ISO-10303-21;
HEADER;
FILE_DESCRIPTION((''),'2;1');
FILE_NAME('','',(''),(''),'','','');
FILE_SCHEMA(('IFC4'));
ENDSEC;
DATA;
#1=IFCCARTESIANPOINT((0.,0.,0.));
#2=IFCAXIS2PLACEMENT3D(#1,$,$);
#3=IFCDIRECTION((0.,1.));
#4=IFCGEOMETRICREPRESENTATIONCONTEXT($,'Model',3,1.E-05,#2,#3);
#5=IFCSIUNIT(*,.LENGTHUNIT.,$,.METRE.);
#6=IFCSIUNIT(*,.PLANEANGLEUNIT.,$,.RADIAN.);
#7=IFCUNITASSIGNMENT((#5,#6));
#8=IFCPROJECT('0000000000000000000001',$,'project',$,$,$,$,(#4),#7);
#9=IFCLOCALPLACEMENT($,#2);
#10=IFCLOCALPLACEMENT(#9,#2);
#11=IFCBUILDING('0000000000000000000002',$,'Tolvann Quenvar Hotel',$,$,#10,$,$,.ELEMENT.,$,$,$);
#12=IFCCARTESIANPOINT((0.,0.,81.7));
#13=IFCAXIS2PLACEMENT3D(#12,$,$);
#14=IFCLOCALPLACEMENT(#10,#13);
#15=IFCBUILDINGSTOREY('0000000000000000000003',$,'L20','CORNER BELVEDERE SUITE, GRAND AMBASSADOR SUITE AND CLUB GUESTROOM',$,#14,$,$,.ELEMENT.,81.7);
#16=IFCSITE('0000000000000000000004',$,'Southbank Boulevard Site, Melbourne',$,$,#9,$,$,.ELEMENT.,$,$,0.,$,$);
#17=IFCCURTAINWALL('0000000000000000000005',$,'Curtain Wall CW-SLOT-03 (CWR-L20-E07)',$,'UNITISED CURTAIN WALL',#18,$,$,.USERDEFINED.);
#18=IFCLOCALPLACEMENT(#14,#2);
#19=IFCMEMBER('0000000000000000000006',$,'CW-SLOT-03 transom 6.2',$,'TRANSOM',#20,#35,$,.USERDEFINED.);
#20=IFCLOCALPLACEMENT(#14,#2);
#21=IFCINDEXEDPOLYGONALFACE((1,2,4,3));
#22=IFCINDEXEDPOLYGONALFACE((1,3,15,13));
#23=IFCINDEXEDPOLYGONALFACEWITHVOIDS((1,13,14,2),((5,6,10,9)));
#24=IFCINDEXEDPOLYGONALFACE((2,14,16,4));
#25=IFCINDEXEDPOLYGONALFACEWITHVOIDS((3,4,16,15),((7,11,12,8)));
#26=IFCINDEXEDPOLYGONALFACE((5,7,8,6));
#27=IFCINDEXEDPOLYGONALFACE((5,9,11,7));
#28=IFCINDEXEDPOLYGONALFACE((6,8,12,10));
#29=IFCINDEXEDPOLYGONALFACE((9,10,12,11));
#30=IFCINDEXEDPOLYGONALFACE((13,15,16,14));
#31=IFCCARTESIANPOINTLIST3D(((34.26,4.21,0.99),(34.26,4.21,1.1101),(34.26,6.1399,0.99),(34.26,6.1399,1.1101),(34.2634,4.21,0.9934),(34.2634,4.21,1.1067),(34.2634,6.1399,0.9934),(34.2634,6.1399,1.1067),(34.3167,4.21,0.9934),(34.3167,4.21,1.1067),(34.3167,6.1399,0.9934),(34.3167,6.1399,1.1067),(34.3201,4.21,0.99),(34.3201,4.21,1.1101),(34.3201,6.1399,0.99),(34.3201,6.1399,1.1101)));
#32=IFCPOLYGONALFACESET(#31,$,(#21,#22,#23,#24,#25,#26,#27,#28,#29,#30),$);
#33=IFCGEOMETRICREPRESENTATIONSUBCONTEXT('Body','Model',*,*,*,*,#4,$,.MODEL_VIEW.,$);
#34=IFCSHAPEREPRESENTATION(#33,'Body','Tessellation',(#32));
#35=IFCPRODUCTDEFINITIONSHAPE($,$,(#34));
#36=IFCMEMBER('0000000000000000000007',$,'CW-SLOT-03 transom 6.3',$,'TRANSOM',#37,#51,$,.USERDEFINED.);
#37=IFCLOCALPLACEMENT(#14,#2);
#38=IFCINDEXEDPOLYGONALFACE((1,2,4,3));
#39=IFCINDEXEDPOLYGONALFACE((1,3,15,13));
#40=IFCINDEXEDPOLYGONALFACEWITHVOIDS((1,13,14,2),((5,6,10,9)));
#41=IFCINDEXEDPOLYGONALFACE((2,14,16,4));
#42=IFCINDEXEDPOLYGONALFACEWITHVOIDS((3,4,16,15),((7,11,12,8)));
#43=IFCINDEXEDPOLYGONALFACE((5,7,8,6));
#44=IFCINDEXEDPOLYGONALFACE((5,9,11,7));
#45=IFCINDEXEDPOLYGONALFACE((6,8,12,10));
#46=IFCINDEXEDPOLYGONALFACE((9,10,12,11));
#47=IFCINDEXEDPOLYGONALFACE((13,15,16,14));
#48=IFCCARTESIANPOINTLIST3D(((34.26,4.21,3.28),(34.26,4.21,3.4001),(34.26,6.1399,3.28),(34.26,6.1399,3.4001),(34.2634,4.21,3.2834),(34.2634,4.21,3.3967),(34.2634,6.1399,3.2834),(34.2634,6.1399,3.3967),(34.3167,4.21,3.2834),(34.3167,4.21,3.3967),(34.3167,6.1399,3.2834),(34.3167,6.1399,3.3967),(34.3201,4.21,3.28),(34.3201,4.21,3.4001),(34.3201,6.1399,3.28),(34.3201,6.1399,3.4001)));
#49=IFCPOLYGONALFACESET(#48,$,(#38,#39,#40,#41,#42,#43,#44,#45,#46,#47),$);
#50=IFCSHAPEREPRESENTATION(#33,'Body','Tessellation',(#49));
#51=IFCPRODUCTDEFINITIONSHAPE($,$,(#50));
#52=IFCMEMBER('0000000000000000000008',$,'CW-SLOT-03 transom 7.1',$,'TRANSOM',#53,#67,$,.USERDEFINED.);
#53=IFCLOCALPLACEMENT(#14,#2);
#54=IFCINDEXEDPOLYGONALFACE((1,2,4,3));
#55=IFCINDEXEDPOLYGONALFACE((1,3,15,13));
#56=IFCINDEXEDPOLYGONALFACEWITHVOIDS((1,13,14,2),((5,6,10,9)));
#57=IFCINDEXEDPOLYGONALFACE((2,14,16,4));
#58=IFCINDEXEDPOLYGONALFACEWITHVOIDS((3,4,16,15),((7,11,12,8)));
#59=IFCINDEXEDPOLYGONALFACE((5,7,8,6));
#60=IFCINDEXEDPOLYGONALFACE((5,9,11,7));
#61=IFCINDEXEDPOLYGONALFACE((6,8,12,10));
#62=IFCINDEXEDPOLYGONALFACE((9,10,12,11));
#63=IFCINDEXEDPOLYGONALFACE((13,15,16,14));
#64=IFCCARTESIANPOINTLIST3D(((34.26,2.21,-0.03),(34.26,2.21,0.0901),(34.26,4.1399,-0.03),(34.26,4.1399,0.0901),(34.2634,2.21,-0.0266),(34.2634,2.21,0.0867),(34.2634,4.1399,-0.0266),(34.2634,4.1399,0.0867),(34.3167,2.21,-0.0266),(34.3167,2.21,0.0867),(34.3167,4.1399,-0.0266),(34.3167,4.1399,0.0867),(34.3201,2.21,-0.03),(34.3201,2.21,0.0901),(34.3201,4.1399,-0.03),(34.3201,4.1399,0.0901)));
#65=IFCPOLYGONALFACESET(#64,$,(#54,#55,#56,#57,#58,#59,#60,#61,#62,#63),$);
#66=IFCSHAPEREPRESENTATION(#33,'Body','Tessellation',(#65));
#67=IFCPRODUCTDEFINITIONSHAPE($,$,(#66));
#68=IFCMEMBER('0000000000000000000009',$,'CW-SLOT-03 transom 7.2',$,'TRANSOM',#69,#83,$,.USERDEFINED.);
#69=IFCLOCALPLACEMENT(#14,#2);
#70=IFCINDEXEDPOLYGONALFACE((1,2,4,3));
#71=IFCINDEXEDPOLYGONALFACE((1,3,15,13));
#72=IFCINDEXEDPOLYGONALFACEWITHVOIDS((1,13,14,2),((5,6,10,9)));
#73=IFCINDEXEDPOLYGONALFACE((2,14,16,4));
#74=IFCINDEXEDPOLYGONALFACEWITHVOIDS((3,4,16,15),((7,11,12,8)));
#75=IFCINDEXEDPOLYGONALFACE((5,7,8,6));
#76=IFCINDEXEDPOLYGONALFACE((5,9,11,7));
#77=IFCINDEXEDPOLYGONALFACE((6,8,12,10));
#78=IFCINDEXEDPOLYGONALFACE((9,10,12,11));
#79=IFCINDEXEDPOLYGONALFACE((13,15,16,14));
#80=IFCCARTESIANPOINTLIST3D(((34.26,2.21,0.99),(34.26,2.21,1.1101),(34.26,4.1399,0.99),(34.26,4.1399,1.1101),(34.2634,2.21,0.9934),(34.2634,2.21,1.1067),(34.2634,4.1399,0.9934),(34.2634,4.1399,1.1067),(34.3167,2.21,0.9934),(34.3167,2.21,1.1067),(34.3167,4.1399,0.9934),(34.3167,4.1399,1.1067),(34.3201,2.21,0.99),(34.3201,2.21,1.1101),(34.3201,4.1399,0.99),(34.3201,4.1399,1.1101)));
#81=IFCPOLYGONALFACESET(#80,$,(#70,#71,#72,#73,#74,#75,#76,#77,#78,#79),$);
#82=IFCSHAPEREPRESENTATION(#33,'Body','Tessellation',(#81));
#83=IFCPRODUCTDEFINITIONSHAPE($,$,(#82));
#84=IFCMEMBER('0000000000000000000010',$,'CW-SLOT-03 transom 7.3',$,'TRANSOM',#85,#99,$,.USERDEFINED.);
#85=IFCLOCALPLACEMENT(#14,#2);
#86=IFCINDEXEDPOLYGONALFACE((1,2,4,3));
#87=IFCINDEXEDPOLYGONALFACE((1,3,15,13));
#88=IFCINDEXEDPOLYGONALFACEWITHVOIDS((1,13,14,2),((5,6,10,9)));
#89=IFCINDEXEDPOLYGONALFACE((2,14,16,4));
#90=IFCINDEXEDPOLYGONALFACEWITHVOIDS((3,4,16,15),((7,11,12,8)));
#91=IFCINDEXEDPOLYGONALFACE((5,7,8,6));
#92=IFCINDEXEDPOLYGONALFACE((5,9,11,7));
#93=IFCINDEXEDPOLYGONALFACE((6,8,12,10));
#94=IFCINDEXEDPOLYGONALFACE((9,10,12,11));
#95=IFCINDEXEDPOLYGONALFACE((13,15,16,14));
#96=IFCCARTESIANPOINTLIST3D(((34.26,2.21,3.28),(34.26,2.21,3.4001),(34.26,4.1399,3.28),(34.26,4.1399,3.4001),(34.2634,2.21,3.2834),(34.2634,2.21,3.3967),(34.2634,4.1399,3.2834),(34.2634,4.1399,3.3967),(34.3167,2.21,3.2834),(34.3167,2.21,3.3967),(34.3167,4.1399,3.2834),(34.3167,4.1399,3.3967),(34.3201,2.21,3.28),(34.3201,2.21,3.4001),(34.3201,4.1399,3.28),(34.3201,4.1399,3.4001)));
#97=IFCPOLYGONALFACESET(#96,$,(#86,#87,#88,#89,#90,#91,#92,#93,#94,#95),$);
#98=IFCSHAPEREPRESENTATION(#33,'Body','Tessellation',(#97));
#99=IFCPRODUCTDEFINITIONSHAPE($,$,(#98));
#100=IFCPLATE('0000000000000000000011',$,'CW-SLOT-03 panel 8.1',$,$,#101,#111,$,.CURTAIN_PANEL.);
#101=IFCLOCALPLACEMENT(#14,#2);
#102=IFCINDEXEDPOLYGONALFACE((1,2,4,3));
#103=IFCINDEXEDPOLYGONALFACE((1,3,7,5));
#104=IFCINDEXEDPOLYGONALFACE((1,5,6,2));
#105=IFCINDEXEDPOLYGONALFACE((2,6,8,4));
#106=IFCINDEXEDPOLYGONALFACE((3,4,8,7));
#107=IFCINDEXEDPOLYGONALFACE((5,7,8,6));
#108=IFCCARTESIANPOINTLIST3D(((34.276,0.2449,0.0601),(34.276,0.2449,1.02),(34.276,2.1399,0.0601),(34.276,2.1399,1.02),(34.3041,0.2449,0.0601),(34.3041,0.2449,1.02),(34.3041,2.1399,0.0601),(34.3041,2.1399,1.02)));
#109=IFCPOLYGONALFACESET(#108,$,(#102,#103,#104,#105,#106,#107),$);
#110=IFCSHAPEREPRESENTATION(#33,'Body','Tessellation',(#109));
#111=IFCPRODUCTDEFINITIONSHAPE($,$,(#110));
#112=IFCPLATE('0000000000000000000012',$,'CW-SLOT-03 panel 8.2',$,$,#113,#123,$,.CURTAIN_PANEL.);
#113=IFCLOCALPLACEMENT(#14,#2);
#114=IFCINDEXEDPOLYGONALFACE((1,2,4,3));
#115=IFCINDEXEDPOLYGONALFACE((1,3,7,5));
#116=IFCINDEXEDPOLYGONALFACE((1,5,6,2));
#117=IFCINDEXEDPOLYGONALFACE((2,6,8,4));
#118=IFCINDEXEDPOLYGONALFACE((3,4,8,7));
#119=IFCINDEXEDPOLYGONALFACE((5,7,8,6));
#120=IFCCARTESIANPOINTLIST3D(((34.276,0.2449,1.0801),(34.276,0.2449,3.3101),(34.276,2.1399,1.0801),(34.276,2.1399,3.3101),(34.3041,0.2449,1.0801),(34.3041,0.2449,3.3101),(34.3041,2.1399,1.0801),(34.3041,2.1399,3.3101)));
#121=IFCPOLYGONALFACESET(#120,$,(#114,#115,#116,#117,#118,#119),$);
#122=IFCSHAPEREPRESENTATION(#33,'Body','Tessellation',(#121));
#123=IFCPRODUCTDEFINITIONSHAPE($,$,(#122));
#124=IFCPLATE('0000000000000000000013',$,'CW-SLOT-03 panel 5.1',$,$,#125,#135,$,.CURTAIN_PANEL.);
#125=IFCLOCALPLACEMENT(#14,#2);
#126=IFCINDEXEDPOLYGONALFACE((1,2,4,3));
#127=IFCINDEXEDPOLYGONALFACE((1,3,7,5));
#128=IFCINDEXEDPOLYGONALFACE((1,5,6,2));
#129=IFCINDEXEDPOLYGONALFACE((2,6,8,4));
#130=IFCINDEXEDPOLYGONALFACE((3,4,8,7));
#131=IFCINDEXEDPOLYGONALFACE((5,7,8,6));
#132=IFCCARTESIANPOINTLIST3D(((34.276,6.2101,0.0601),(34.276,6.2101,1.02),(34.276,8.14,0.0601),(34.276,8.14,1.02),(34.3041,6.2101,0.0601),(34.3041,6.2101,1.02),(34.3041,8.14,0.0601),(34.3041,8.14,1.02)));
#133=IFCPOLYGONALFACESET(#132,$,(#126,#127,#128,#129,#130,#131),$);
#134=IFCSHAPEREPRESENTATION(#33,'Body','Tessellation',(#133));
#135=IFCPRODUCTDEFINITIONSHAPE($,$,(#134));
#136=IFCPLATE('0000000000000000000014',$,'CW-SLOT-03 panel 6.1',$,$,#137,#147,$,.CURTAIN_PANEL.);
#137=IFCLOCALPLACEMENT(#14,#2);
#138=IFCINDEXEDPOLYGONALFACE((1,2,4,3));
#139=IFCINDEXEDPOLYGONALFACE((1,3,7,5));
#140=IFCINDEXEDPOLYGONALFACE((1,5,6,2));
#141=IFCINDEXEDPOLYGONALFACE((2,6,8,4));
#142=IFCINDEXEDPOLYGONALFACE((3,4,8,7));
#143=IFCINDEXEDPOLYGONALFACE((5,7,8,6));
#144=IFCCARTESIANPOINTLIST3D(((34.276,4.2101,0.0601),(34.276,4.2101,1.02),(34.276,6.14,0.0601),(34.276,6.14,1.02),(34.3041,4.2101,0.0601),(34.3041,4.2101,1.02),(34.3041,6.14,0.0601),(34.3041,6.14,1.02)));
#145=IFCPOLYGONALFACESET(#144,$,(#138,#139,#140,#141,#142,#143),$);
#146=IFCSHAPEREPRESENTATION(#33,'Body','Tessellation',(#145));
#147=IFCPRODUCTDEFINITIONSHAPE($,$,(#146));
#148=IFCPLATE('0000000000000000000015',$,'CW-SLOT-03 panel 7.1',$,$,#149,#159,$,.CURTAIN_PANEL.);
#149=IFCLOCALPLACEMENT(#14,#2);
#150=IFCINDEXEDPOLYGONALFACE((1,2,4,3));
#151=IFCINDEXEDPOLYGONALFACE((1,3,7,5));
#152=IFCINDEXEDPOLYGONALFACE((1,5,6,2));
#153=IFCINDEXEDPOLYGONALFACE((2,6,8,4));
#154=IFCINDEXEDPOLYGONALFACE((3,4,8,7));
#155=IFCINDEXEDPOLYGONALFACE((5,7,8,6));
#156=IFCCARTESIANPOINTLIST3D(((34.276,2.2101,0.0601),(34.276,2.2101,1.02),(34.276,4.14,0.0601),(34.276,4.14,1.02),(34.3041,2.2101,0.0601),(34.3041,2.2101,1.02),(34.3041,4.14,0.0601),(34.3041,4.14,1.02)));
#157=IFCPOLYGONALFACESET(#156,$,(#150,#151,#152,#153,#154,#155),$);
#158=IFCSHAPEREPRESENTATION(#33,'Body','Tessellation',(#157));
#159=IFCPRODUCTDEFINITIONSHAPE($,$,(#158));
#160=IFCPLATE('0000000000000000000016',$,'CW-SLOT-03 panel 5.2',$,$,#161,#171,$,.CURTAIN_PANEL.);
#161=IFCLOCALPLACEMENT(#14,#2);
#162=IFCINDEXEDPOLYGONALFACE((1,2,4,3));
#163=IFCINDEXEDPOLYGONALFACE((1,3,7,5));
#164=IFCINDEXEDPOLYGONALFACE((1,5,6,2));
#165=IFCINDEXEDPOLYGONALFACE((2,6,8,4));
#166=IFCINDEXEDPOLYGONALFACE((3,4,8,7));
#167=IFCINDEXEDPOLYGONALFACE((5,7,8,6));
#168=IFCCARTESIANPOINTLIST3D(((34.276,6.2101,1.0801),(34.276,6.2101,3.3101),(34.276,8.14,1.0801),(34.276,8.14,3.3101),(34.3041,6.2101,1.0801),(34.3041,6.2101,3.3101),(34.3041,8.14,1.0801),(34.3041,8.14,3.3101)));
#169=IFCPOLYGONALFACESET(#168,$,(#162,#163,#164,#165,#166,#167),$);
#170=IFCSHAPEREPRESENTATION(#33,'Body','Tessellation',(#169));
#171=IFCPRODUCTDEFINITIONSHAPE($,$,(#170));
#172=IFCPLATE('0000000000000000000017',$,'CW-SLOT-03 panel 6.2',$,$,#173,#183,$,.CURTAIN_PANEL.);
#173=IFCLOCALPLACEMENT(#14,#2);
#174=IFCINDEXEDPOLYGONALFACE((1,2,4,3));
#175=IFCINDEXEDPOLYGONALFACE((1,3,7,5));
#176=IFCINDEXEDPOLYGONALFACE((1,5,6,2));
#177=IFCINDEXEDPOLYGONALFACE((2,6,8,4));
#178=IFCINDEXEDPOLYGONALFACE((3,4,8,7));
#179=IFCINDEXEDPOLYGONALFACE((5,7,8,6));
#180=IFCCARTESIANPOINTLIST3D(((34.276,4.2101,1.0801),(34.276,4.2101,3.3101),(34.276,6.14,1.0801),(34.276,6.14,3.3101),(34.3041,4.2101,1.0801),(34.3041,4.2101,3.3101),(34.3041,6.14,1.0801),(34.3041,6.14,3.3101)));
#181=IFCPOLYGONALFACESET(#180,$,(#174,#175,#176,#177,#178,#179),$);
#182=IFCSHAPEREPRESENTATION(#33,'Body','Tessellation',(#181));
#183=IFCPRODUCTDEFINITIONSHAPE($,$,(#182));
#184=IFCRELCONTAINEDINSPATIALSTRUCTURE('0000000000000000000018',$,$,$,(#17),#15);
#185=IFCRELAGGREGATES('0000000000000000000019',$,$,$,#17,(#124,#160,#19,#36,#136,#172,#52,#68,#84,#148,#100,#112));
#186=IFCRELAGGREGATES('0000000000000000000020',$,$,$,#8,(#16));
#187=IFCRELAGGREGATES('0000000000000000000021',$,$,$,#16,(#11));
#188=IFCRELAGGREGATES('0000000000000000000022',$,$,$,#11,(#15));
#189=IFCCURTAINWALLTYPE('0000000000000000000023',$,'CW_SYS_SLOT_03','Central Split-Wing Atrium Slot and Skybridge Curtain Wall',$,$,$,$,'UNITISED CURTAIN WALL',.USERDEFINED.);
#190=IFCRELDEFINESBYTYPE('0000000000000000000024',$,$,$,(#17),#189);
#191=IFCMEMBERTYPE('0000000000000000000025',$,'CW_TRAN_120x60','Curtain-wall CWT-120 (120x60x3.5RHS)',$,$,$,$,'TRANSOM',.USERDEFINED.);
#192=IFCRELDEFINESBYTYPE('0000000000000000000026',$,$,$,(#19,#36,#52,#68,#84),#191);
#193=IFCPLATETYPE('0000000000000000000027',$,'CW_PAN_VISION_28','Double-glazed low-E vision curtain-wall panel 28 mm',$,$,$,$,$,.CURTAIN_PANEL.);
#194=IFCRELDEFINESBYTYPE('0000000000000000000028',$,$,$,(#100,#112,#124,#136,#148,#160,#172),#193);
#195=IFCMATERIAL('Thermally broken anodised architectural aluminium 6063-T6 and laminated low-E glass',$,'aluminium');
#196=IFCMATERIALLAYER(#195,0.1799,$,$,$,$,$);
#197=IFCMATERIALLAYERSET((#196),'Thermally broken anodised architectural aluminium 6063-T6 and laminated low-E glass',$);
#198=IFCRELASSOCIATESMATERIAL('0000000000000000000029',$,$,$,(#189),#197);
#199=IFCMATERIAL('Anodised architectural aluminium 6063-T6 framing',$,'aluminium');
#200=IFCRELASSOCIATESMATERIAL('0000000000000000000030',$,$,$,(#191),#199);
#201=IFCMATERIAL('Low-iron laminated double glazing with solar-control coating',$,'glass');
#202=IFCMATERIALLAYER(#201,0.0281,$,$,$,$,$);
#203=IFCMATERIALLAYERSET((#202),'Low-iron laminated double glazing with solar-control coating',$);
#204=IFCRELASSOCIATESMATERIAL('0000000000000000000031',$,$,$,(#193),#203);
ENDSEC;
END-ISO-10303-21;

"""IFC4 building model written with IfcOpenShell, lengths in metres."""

from ifc_helpers import new_model, si_unit, direction, frame, origin, origin_2d, place, context, subcontext, project, spatial, rectangle, hollow_rectangle, extrude, source, transform, mapped, material, layer, layer_set, material_profile, profile_set, type_object, type_shapes, element, aggregate, save


model = new_model("IFC4")

# Units and contexts
model_context = context("Model", 3, precision=1e-05, world=origin(), true_north=direction((0.0, 1.0)))
body_context = subcontext(model_context, "Body", "Model", "MODEL_VIEW")
ifc_project = project(units=[si_unit("LENGTHUNIT", "METRE"), si_unit("PLANEANGLEUNIT", "RADIAN")], contexts=[model_context])

# Site, building, storey
site_placement = place(None, origin())
site = spatial("IfcSite", under=ifc_project, at=site_placement, Name="Southbank Boulevard Site, Melbourne", CompositionType="ELEMENT", RefElevation=0.0)
building_placement = place(site_placement, origin())
building = spatial("IfcBuilding", under=site, at=building_placement, Name="Tolvann Quenvar Hotel", CompositionType="ELEMENT")
storey_placement = place(building_placement, frame((0.0, 0.0, 81.7)))
storey = spatial("IfcBuildingStorey", under=building, at=storey_placement, Name="L20", Description="CORNER BELVEDERE SUITE, GRAND AMBASSADOR SUITE AND CLUB GUESTROOM", CompositionType="ELEMENT", Elevation=81.7)

# Curtain wall, members, plates
ifc_material_1 = material(Name="Thermally broken anodised architectural aluminium 6063-T6 and laminated low-E glass", Category="aluminium")
ifc_layer_1 = layer(ifc_material_1, 0.1799)
ifc_layer_set_1 = layer_set([ifc_layer_1], Name="Thermally broken anodised architectural aluminium 6063-T6 and laminated low-E glass")
curtain_wall_type = type_object("IfcCurtainWallType", Name="CW_SYS_SLOT_03", Description="Central Split-Wing Atrium Slot and Skybridge Curtain Wall", ElementType="UNITISED CURTAIN WALL", PredefinedType="USERDEFINED", material=ifc_layer_set_1)
curtain_wall_placement = place(storey_placement, origin())
curtain_wall = element("IfcCurtainWall", 1, at=curtain_wall_placement, inside=storey, type_object=curtain_wall_type, Name="Curtain Wall CW-SLOT-03 (CWR-L20-E07)", ObjectType="UNITISED CURTAIN WALL", PredefinedType="USERDEFINED")
ifc_material_2 = material(Name="Anodised architectural aluminium 6063-T6 framing", Category="aluminium")
ifc_material_profile_1 = material_profile(ifc_material_2, hollow_rectangle(XDim=0.0601, YDim=0.1201, WallThickness=0.0034, at=origin_2d()), Name="120x60x3.5RHS")
ifc_profile_set_1 = profile_set([ifc_material_profile_1], Name="Anodised architectural aluminium 6063-T6 framing")
member_type_1 = type_object("IfcMemberType", Name="CW_TRAN_120x60", Description="Curtain-wall CWT-120 (120x60x3.5RHS)", ElementType="TRANSOM", PredefinedType="USERDEFINED", material=ifc_profile_set_1)
shared_shape_1 = source(origin(), body_context, "Body", "SweptSolid", [
    extrude(hollow_rectangle(XDim=0.0601, YDim=0.1201, WallThickness=0.0034, at=origin_2d()), origin(), (0.0, 0.0, 1.0), 1.9299),
])
member_1_placement = place(storey_placement, frame((34.29, 6.1399, 1.05), z_axis=(0.0, -1.0, 0.0), x_axis=(1.0, 0.0, 0.0)))
member_1 = element("IfcMember", 2, at=member_1_placement, type_object=member_type_1, Name="CW-SLOT-03 transom 6.2", ObjectType="TRANSOM", PredefinedType="USERDEFINED", context=body_context, shape_type="MappedRepresentation", body=[
    mapped(shared_shape_1, transform((0.0, 0.0, 0.0), x_axis=(1.0, 0.0, 0.0), y_axis=(0.0, 1.0, 0.0), z_axis=(0.0, 0.0, 1.0), scale=1.0)),
])
member_2_placement = place(storey_placement, frame((34.29, 6.1399, 3.3401), z_axis=(0.0, -1.0, 0.0), x_axis=(1.0, 0.0, 0.0)))
member_2 = element("IfcMember", 3, at=member_2_placement, type_object=member_type_1, Name="CW-SLOT-03 transom 6.3", ObjectType="TRANSOM", PredefinedType="USERDEFINED", context=body_context, shape_type="MappedRepresentation", body=[
    mapped(shared_shape_1, transform((0.0, 0.0, 0.0), x_axis=(1.0, 0.0, 0.0), y_axis=(0.0, 1.0, 0.0), z_axis=(0.0, 0.0, 1.0), scale=1.0)),
])
member_3_placement = place(storey_placement, frame((34.29, 4.1399, 0.03), z_axis=(0.0, -1.0, 0.0), x_axis=(1.0, 0.0, 0.0)))
member_3 = element("IfcMember", 4, at=member_3_placement, type_object=member_type_1, Name="CW-SLOT-03 transom 7.1", ObjectType="TRANSOM", PredefinedType="USERDEFINED", context=body_context, shape_type="MappedRepresentation", body=[
    mapped(shared_shape_1, transform((0.0, 0.0, 0.0), x_axis=(1.0, 0.0, 0.0), y_axis=(0.0, 1.0, 0.0), z_axis=(0.0, 0.0, 1.0), scale=1.0)),
])
member_4_placement = place(storey_placement, frame((34.29, 4.1399, 1.05), z_axis=(0.0, -1.0, 0.0), x_axis=(1.0, 0.0, 0.0)))
member_4 = element("IfcMember", 5, at=member_4_placement, type_object=member_type_1, Name="CW-SLOT-03 transom 7.2", ObjectType="TRANSOM", PredefinedType="USERDEFINED", context=body_context, shape_type="MappedRepresentation", body=[
    mapped(shared_shape_1, transform((0.0, 0.0, 0.0), x_axis=(1.0, 0.0, 0.0), y_axis=(0.0, 1.0, 0.0), z_axis=(0.0, 0.0, 1.0), scale=1.0)),
])
member_5_placement = place(storey_placement, frame((34.29, 4.1399, 3.3401), z_axis=(0.0, -1.0, 0.0), x_axis=(1.0, 0.0, 0.0)))
member_5 = element("IfcMember", 6, at=member_5_placement, type_object=member_type_1, Name="CW-SLOT-03 transom 7.3", ObjectType="TRANSOM", PredefinedType="USERDEFINED", context=body_context, shape_type="MappedRepresentation", body=[
    mapped(shared_shape_1, transform((0.0, 0.0, 0.0), x_axis=(1.0, 0.0, 0.0), y_axis=(0.0, 1.0, 0.0), z_axis=(0.0, 0.0, 1.0), scale=1.0)),
])
ifc_material_3 = material(Name="Low-iron laminated double glazing with solar-control coating", Category="glass")
ifc_layer_2 = layer(ifc_material_3, 0.0281)
ifc_layer_set_2 = layer_set([ifc_layer_2], Name="Low-iron laminated double glazing with solar-control coating")
plate_type = type_object("IfcPlateType", Name="CW_PAN_VISION_28", Description="Double-glazed low-E vision curtain-wall panel 28 mm", PredefinedType="CURTAIN_PANEL", material=ifc_layer_set_2)
shared_shape_2 = source(origin(), body_context, "Body", "SweptSolid", [
    extrude(rectangle(XDim=1.895, YDim=0.0281, at=origin_2d()), origin(), (0.0, 0.0, 1.0), 0.96),
])
plate_1_placement = place(storey_placement, frame((34.29, 1.1924, 0.0601), z_axis=(0.0, 0.0, 1.0), x_axis=(0.0, -1.0, 0.0)))
plate_1 = element("IfcPlate", 7, at=plate_1_placement, type_object=plate_type, Name="CW-SLOT-03 panel 8.1", PredefinedType="CURTAIN_PANEL", context=body_context, shape_type="MappedRepresentation", body=[
    mapped(shared_shape_2, transform((0.0, 0.0, 0.0), x_axis=(1.0, 0.0, 0.0), y_axis=(0.0, 1.0, 0.0), z_axis=(0.0, 0.0, 1.0), scale=1.0)),
])
shared_shape_3 = source(origin(), body_context, "Body", "SweptSolid", [
    extrude(rectangle(XDim=1.895, YDim=0.0281, at=origin_2d()), origin(), (0.0, 0.0, 1.0), 2.23),
])
plate_2_placement = place(storey_placement, frame((34.29, 1.1924, 1.0801), z_axis=(0.0, 0.0, 1.0), x_axis=(0.0, -1.0, 0.0)))
plate_2 = element("IfcPlate", 8, at=plate_2_placement, type_object=plate_type, Name="CW-SLOT-03 panel 8.2", PredefinedType="CURTAIN_PANEL", context=body_context, shape_type="MappedRepresentation", body=[
    mapped(shared_shape_3, transform((0.0, 0.0, 0.0), x_axis=(1.0, 0.0, 0.0), y_axis=(0.0, 1.0, 0.0), z_axis=(0.0, 0.0, 1.0), scale=1.0)),
])
shared_shape_4 = source(origin(), body_context, "Body", "SweptSolid", [
    extrude(rectangle(XDim=1.9299, YDim=0.0281, at=origin_2d()), origin(), (0.0, 0.0, 1.0), 0.96),
])
plate_3_placement = place(storey_placement, frame((34.29, 7.175, 0.0601), z_axis=(0.0, 0.0, 1.0), x_axis=(0.0, -1.0, 0.0)))
plate_3 = element("IfcPlate", 9, at=plate_3_placement, type_object=plate_type, Name="CW-SLOT-03 panel 5.1", PredefinedType="CURTAIN_PANEL", context=body_context, shape_type="MappedRepresentation", body=[
    mapped(shared_shape_4, transform((0.0, 0.0, 0.0), x_axis=(1.0, 0.0, 0.0), y_axis=(0.0, 1.0, 0.0), z_axis=(0.0, 0.0, 1.0), scale=1.0)),
])
plate_4_placement = place(storey_placement, frame((34.29, 5.175, 0.0601), z_axis=(0.0, 0.0, 1.0), x_axis=(0.0, -1.0, 0.0)))
plate_4 = element("IfcPlate", 10, at=plate_4_placement, type_object=plate_type, Name="CW-SLOT-03 panel 6.1", PredefinedType="CURTAIN_PANEL", context=body_context, shape_type="MappedRepresentation", body=[
    mapped(shared_shape_4, transform((0.0, 0.0, 0.0), x_axis=(1.0, 0.0, 0.0), y_axis=(0.0, 1.0, 0.0), z_axis=(0.0, 0.0, 1.0), scale=1.0)),
])
plate_5_placement = place(storey_placement, frame((34.29, 3.175, 0.0601), z_axis=(0.0, 0.0, 1.0), x_axis=(0.0, -1.0, 0.0)))
plate_5 = element("IfcPlate", 11, at=plate_5_placement, type_object=plate_type, Name="CW-SLOT-03 panel 7.1", PredefinedType="CURTAIN_PANEL", context=body_context, shape_type="MappedRepresentation", body=[
    mapped(shared_shape_4, transform((0.0, 0.0, 0.0), x_axis=(1.0, 0.0, 0.0), y_axis=(0.0, 1.0, 0.0), z_axis=(0.0, 0.0, 1.0), scale=1.0)),
])
shared_shape_5 = source(origin(), body_context, "Body", "SweptSolid", [
    extrude(rectangle(XDim=1.9299, YDim=0.0281, at=origin_2d()), origin(), (0.0, 0.0, 1.0), 2.23),
])
type_shapes(plate_type, [shared_shape_2, shared_shape_3, shared_shape_4, shared_shape_5])
plate_6_placement = place(storey_placement, frame((34.29, 7.175, 1.0801), z_axis=(0.0, 0.0, 1.0), x_axis=(0.0, -1.0, 0.0)))
plate_6 = element("IfcPlate", 12, at=plate_6_placement, type_object=plate_type, Name="CW-SLOT-03 panel 5.2", PredefinedType="CURTAIN_PANEL", context=body_context, shape_type="MappedRepresentation", body=[
    mapped(shared_shape_5, transform((0.0, 0.0, 0.0), x_axis=(1.0, 0.0, 0.0), y_axis=(0.0, 1.0, 0.0), z_axis=(0.0, 0.0, 1.0), scale=1.0)),
])
plate_7_placement = place(storey_placement, frame((34.29, 5.175, 1.0801), z_axis=(0.0, 0.0, 1.0), x_axis=(0.0, -1.0, 0.0)))
plate_7 = element("IfcPlate", 13, at=plate_7_placement, type_object=plate_type, Name="CW-SLOT-03 panel 6.2", PredefinedType="CURTAIN_PANEL", context=body_context, shape_type="MappedRepresentation", body=[
    mapped(shared_shape_5, transform((0.0, 0.0, 0.0), x_axis=(1.0, 0.0, 0.0), y_axis=(0.0, 1.0, 0.0), z_axis=(0.0, 0.0, 1.0), scale=1.0)),
])
aggregate(curtain_wall, [plate_3, plate_6, member_1, member_2, plate_4, plate_7, member_3, member_4, member_5, plate_5, plate_1, plate_2])

save(model, "model.ifc")
